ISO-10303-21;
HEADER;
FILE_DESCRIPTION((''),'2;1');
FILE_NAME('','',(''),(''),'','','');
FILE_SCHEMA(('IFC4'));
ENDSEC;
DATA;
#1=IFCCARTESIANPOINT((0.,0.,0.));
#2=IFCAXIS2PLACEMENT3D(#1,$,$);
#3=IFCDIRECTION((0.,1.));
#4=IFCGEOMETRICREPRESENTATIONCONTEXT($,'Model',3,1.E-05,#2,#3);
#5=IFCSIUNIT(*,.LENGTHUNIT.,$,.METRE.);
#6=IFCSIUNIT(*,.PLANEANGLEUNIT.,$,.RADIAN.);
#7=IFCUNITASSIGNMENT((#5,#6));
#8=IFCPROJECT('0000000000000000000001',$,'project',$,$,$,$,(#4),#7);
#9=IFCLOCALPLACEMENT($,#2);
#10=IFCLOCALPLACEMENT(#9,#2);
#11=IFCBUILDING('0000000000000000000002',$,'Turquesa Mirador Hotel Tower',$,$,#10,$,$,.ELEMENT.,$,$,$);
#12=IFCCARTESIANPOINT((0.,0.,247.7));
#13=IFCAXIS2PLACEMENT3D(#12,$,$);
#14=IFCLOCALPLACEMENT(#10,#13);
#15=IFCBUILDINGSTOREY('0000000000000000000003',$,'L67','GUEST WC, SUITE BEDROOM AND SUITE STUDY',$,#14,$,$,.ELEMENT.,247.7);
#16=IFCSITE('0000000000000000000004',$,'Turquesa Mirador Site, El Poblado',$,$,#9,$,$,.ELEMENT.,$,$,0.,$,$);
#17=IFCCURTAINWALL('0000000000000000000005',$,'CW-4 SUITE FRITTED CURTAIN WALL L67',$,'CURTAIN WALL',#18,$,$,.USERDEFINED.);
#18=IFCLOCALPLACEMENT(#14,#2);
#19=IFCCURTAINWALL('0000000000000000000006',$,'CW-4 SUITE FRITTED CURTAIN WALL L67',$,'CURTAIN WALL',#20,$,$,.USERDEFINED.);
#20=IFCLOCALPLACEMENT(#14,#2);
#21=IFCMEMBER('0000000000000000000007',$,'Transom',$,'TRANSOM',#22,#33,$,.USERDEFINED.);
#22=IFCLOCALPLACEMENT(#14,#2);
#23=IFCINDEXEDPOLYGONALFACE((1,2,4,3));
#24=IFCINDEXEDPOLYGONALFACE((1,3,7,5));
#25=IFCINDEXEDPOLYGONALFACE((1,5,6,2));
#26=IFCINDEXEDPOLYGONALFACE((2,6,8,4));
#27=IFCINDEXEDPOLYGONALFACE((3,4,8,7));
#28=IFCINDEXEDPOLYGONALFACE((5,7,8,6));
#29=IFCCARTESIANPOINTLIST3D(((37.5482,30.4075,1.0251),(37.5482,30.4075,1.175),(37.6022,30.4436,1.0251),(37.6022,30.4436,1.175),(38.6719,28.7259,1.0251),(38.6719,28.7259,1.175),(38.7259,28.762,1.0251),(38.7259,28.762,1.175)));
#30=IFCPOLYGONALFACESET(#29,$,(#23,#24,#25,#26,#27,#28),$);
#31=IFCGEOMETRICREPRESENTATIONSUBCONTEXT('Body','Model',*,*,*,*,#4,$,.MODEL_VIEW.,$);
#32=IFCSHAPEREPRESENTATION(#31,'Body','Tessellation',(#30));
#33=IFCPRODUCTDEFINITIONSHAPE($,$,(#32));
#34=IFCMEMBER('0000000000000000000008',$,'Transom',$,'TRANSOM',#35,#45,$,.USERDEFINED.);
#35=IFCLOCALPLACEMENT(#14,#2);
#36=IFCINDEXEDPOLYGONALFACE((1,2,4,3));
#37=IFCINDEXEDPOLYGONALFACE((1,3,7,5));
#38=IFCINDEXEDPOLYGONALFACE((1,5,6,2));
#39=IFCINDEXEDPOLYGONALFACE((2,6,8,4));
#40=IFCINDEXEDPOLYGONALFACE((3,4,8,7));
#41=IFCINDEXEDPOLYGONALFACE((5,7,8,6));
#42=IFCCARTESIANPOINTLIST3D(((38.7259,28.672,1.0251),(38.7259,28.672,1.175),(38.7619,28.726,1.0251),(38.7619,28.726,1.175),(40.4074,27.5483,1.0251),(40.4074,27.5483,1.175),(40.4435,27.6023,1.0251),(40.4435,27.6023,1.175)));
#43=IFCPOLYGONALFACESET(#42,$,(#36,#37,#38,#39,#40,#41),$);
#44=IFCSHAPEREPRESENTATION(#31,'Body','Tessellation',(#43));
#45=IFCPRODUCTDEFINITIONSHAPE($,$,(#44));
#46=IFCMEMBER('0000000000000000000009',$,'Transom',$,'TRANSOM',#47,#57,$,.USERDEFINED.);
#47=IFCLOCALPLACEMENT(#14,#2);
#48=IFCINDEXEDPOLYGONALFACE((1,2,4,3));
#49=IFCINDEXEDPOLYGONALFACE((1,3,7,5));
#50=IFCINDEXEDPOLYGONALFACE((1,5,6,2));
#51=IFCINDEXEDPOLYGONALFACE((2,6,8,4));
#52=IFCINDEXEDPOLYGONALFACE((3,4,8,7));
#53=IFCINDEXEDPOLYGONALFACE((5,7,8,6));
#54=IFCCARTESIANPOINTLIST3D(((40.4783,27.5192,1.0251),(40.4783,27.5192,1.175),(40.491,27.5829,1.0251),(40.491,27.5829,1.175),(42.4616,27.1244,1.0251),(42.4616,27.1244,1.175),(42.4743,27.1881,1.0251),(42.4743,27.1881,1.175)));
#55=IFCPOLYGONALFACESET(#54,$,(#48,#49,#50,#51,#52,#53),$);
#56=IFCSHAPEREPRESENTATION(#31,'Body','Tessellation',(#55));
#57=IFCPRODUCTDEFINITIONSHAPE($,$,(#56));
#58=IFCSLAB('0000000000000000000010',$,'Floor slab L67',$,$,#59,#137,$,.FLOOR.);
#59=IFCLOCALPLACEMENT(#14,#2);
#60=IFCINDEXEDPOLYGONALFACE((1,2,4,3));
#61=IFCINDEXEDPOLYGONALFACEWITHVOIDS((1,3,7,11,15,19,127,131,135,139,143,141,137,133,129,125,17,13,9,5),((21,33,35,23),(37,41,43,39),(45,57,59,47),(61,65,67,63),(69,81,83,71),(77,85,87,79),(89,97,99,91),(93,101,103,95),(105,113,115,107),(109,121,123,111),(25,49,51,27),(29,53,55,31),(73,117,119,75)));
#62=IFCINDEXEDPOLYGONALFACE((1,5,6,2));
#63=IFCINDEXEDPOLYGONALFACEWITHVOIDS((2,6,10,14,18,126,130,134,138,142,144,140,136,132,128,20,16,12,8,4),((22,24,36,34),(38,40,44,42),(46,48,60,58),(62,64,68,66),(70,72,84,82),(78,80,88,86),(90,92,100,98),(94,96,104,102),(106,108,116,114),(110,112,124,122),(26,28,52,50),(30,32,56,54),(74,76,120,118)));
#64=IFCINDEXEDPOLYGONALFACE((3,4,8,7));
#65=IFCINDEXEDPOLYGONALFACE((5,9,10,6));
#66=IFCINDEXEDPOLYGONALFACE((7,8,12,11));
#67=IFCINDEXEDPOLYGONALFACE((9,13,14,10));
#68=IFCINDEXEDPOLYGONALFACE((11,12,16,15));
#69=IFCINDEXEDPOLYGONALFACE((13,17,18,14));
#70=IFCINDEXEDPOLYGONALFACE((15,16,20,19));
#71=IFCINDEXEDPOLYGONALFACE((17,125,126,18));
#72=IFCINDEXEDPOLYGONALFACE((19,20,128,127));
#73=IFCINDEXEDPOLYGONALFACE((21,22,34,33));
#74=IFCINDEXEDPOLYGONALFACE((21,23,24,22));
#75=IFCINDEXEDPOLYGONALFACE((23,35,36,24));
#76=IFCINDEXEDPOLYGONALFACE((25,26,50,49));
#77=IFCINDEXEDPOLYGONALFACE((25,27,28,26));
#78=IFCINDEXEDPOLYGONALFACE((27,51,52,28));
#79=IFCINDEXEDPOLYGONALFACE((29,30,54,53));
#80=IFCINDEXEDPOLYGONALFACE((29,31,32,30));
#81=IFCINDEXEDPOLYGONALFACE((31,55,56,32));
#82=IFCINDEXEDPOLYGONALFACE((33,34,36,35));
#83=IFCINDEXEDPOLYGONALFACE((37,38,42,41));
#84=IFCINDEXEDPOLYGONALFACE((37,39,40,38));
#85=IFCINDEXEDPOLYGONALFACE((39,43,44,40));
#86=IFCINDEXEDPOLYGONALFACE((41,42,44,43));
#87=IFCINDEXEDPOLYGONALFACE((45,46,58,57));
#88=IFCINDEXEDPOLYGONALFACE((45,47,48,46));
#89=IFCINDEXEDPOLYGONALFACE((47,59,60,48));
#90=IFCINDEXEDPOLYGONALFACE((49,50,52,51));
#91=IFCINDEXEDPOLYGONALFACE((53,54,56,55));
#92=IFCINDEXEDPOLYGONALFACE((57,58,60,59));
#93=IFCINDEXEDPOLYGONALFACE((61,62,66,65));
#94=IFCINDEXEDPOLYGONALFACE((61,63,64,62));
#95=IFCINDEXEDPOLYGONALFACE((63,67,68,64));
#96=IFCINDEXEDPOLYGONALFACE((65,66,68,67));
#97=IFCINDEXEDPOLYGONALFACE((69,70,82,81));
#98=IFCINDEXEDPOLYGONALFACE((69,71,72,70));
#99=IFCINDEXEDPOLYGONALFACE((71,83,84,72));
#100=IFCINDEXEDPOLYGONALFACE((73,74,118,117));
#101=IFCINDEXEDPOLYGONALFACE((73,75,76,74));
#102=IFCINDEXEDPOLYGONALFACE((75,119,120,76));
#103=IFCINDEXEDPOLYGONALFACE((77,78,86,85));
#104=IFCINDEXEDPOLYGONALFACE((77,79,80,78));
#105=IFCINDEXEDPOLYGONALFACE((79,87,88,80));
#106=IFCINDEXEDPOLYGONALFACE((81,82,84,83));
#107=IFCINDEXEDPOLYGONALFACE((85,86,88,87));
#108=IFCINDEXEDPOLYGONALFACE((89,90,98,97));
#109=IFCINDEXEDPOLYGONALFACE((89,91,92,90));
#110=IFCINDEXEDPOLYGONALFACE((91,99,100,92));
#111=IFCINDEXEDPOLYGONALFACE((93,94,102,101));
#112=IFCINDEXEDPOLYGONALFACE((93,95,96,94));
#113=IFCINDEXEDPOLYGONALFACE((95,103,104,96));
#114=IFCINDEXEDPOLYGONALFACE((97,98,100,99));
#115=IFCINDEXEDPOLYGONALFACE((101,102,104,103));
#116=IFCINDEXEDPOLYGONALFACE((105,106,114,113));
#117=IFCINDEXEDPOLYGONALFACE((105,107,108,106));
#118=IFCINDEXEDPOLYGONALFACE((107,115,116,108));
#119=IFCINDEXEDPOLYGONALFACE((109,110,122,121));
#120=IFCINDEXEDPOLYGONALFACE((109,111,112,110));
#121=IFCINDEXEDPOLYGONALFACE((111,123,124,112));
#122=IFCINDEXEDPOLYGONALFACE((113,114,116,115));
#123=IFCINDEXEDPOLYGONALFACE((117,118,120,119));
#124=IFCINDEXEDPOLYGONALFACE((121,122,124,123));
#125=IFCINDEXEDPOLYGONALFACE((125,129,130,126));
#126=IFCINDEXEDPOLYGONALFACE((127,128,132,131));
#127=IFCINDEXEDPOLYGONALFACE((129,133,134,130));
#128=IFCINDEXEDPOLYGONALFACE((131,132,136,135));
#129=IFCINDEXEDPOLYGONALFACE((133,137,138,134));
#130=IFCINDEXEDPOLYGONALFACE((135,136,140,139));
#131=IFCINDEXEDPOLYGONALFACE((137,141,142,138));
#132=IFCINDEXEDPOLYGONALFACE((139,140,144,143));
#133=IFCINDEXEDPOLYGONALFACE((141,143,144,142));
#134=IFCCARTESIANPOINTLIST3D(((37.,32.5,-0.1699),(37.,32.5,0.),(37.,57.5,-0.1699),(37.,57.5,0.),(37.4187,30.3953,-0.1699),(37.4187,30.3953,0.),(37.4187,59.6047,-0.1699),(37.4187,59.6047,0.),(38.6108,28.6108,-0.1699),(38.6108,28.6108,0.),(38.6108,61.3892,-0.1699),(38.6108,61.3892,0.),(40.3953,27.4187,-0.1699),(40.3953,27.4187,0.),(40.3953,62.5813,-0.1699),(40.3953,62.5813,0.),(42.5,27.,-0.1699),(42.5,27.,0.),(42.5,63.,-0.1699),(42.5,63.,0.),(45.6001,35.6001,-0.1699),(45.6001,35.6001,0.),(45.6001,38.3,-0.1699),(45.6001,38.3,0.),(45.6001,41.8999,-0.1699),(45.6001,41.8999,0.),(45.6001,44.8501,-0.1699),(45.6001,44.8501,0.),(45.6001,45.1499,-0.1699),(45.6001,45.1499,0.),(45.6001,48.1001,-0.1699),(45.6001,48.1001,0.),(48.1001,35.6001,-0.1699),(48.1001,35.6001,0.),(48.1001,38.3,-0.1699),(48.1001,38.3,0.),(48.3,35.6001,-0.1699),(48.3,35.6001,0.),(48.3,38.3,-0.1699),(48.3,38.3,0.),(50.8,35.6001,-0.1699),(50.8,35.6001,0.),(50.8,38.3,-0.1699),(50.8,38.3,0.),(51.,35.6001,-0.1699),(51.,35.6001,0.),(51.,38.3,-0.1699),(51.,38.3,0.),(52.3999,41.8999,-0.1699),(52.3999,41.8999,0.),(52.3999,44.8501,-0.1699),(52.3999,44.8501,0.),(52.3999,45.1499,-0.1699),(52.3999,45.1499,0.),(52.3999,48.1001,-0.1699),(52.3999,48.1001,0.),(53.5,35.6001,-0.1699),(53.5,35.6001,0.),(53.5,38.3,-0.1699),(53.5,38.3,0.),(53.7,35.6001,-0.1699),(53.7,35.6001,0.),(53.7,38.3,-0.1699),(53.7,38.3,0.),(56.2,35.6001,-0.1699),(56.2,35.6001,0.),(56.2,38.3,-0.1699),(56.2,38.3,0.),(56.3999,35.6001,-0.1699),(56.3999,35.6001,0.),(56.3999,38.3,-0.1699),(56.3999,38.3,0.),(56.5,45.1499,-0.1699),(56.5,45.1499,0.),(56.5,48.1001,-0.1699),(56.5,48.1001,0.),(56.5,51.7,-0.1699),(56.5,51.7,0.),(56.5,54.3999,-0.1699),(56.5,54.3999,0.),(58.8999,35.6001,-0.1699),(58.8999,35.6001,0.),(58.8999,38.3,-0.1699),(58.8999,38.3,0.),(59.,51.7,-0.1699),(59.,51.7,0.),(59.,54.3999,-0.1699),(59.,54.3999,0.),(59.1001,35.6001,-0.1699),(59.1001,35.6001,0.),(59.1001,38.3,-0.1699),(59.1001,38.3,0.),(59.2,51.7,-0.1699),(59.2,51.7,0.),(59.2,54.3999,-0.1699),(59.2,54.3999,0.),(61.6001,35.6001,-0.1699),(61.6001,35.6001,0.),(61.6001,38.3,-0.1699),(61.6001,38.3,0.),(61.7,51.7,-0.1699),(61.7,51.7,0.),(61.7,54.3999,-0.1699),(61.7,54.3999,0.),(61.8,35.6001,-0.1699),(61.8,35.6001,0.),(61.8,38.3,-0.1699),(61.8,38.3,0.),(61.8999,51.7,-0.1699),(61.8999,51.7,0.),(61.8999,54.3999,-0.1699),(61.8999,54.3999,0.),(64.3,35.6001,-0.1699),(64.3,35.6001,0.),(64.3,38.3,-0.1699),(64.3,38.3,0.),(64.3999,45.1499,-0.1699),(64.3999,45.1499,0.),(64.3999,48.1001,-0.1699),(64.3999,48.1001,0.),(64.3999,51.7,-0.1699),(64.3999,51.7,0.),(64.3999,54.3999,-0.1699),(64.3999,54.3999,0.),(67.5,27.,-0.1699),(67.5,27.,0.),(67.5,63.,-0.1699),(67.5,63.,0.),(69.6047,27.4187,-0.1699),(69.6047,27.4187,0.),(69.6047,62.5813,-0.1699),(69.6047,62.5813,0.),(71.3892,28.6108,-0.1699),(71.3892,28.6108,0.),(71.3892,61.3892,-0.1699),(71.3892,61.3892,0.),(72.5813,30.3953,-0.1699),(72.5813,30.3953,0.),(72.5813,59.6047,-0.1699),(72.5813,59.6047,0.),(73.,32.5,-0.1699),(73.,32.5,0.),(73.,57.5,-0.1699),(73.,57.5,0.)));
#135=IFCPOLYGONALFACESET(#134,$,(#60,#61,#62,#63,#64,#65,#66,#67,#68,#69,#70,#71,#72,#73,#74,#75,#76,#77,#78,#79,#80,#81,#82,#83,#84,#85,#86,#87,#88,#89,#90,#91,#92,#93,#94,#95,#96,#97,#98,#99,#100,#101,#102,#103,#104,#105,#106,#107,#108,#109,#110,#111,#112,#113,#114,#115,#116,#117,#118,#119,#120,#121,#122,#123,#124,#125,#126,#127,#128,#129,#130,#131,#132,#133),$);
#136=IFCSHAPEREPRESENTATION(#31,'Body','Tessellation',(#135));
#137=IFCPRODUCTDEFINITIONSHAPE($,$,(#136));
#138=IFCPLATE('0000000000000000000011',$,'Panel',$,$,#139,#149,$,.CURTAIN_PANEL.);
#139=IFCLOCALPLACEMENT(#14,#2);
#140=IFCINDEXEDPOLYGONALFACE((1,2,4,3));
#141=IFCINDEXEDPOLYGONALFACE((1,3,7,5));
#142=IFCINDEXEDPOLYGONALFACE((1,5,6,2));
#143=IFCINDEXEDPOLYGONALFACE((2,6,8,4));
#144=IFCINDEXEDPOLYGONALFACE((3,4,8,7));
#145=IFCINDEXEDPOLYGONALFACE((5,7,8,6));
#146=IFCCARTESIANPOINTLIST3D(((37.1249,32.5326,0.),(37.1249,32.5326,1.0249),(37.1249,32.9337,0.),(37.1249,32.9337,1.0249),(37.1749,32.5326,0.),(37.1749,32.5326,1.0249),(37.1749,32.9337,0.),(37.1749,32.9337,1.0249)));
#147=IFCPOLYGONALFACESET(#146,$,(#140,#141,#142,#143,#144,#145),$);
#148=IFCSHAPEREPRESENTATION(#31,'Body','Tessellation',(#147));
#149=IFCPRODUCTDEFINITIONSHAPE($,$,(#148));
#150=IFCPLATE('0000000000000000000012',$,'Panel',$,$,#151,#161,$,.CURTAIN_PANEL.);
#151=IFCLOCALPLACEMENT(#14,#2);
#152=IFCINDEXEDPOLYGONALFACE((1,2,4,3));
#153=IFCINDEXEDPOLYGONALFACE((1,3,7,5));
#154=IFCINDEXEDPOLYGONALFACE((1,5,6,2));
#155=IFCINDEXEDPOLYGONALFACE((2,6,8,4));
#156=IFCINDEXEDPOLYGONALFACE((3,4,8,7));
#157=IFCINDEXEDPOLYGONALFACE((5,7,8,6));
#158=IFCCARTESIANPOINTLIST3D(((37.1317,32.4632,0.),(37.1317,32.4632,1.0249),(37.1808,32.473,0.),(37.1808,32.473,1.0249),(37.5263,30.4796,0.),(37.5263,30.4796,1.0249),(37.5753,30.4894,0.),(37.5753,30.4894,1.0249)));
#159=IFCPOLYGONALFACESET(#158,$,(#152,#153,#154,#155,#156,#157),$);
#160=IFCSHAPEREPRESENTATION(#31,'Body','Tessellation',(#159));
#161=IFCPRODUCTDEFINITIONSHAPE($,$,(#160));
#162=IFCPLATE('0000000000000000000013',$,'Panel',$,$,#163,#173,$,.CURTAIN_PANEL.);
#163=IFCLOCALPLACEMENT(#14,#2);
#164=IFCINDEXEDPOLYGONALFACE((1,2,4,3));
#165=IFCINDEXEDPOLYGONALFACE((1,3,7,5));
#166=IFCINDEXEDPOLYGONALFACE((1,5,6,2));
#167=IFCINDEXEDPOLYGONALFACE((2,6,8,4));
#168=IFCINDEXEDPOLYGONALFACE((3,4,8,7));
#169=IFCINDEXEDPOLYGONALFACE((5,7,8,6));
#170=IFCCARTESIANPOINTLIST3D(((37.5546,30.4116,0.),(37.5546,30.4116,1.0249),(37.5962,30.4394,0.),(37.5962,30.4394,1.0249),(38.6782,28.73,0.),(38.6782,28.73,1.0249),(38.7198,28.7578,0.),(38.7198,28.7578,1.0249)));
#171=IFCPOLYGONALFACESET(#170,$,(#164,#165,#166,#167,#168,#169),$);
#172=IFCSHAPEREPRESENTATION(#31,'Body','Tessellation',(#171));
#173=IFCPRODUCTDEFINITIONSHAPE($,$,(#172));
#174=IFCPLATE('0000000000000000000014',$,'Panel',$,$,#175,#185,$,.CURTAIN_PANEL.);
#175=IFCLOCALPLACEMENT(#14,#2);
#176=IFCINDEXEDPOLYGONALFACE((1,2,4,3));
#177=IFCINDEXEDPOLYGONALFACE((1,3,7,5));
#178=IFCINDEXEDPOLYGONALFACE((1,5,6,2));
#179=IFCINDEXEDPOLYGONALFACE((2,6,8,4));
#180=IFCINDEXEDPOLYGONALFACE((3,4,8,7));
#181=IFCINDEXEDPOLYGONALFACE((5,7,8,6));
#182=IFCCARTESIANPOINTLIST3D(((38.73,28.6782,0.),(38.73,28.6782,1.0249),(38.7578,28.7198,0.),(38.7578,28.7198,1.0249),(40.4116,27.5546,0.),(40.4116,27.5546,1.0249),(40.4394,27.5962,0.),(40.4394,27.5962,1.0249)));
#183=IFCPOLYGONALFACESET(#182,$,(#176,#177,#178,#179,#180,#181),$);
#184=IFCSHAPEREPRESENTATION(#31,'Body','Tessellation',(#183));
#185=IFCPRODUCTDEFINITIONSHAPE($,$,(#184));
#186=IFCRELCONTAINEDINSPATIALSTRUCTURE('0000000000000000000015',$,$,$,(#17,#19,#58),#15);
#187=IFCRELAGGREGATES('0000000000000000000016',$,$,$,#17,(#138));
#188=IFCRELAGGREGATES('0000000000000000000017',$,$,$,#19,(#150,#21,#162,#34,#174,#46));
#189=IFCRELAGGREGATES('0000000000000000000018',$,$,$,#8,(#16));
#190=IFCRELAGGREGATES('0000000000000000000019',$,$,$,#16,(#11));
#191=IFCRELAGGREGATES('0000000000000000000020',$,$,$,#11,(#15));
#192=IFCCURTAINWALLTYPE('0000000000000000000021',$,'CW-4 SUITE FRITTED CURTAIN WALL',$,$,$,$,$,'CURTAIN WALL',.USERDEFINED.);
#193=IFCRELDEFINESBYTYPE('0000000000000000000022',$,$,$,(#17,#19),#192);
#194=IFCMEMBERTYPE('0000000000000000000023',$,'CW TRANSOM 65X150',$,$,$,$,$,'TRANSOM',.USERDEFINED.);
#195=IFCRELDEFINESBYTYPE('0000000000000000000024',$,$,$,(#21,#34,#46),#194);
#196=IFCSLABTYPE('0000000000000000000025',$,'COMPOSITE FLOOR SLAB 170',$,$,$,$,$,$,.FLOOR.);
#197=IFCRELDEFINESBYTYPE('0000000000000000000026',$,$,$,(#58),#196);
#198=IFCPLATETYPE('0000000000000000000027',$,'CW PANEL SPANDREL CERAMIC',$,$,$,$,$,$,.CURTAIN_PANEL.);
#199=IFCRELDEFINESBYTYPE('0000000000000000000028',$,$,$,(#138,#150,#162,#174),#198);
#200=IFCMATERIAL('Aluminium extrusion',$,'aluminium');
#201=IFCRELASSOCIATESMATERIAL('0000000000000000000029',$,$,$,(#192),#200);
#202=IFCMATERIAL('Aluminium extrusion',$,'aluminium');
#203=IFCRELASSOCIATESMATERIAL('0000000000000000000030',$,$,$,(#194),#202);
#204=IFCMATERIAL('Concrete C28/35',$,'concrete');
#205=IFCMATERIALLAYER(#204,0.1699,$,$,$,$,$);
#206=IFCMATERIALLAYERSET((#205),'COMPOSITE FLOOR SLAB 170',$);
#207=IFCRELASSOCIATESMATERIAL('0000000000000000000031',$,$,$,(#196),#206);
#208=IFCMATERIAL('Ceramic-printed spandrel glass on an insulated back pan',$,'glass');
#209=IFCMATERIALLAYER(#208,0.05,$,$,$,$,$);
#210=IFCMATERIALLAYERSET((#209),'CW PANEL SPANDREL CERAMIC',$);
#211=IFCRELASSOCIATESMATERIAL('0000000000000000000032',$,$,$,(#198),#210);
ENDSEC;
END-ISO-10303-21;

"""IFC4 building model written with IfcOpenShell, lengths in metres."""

from ifc_helpers import new_model, si_unit, direction, frame, origin, origin_2d, place, context, subcontext, project, spatial, polyline, rectangle, outline, extrude, material, layer, layer_set, material_profile, profile_set, type_object, element, aggregate, save


model = new_model("IFC4")

# Units and contexts
model_context = context("Model", 3, precision=1e-05, world=origin(), true_north=direction((0.0, 1.0)))
body_context = subcontext(model_context, "Body", "Model", "MODEL_VIEW")
ifc_project = project(units=[si_unit("LENGTHUNIT", "METRE"), si_unit("PLANEANGLEUNIT", "RADIAN")], contexts=[model_context])

# Site, building, storey
site_placement = place(None, origin())
site = spatial("IfcSite", under=ifc_project, at=site_placement, Name="Turquesa Mirador Site, El Poblado", CompositionType="ELEMENT", RefElevation=0.0)
building_placement = place(site_placement, origin())
building = spatial("IfcBuilding", under=site, at=building_placement, Name="Turquesa Mirador Hotel Tower", CompositionType="ELEMENT")
storey_placement = place(building_placement, frame((0.0, 0.0, 247.7)))
storey = spatial("IfcBuildingStorey", under=building, at=storey_placement, Name="L67", Description="GUEST WC, SUITE BEDROOM AND SUITE STUDY", CompositionType="ELEMENT", Elevation=247.7)

# Curtain walls
ifc_material_1 = material(Name="Aluminium extrusion", Category="aluminium")
curtain_wall_type = type_object("IfcCurtainWallType", Name="CW-4 SUITE FRITTED CURTAIN WALL", ElementType="CURTAIN WALL", PredefinedType="USERDEFINED", material=ifc_material_1)
curtain_wall_1_placement = place(storey_placement, origin())
curtain_wall_1 = element("IfcCurtainWall", 1, at=curtain_wall_1_placement, inside=storey, type_object=curtain_wall_type, Name="CW-4 SUITE FRITTED CURTAIN WALL L67", ObjectType="CURTAIN WALL", PredefinedType="USERDEFINED")
curtain_wall_2_placement = place(storey_placement, origin())
curtain_wall_2 = element("IfcCurtainWall", 2, at=curtain_wall_2_placement, inside=storey, type_object=curtain_wall_type, Name="CW-4 SUITE FRITTED CURTAIN WALL L67", ObjectType="CURTAIN WALL", PredefinedType="USERDEFINED")

# Members
ifc_material_2 = material(Name="Aluminium extrusion", Category="aluminium")
ifc_material_profile_1 = material_profile(ifc_material_2, rectangle(XDim=0.0649, YDim=0.1499, at=origin_2d()), Name="TRANSOM 65X150")
ifc_profile_set_1 = profile_set([ifc_material_profile_1], Name="Aluminium extrusion")
member_type_1 = type_object("IfcMemberType", Name="CW TRANSOM 65X150", ElementType="TRANSOM", PredefinedType="USERDEFINED", material=ifc_profile_set_1)
member_1_placement = place(storey_placement, frame((37.5752, 30.4255, 1.1001), z_axis=(0.555619, -0.831437, 0.0), x_axis=(0.831437, 0.555619, 0.0)))
member_1 = element("IfcMember", 3, at=member_1_placement, type_object=member_type_1, Name="Transom", ObjectType="TRANSOM", PredefinedType="USERDEFINED", context=body_context, shape_type="SweptSolid", body=[
    extrude(rectangle(XDim=0.0649, YDim=0.1499, at=origin_2d()), origin(), (0.0, 0.0, 1.0), 2.0225),
])
member_2_placement = place(storey_placement, frame((38.7439, 28.699, 1.1001), z_axis=(0.831437, -0.555619, 0.0), x_axis=(0.555619, 0.831437, 0.0)))
member_2 = element("IfcMember", 4, at=member_2_placement, type_object=member_type_1, Name="Transom", ObjectType="TRANSOM", PredefinedType="USERDEFINED", context=body_context, shape_type="SweptSolid", body=[
    extrude(rectangle(XDim=0.0649, YDim=0.1499, at=origin_2d()), origin(), (0.0, 0.0, 1.0), 2.0225),
])
member_3_placement = place(storey_placement, frame((40.4846, 27.551, 1.1001), z_axis=(0.980761, -0.195211, 0.0), x_axis=(0.195211, 0.980761, 0.0)))
member_3 = element("IfcMember", 5, at=member_3_placement, type_object=member_type_1, Name="Transom", ObjectType="TRANSOM", PredefinedType="USERDEFINED", context=body_context, shape_type="SweptSolid", body=[
    extrude(rectangle(XDim=0.0649, YDim=0.1499, at=origin_2d()), origin(), (0.0, 0.0, 1.0), 2.0222),
])

# Slab
ifc_material_3 = material(Name="Concrete C28/35", Category="concrete")
ifc_layer_1 = layer(ifc_material_3, 0.1699)
ifc_layer_set_1 = layer_set([ifc_layer_1], Name="COMPOSITE FLOOR SLAB 170")
slab_type_1 = type_object("IfcSlabType", Name="COMPOSITE FLOOR SLAB 170", PredefinedType="FLOOR", material=ifc_layer_set_1)
slab_1_placement = place(storey_placement, frame((0.0, 0.0, -0.1699)))
element("IfcSlab", 6, at=slab_1_placement, inside=storey, type_object=slab_type_1, Name="Floor slab L67", PredefinedType="FLOOR", context=body_context, shape_type="SweptSolid", body=[
    extrude(outline(polyline([(67.5, 27.0), (69.6047, 27.4187), (71.3892, 28.6108), (72.5813, 30.3953), (73.0, 32.5), (73.0, 57.5), (72.5813, 59.6047), (71.3892, 61.3892), (69.6047, 62.5813), (67.5, 63.0), (42.5, 63.0), (40.3953, 62.5813), (38.6108, 61.3892), (37.4187, 59.6047), (37.0, 57.5), (37.0, 32.5), (37.4187, 30.3953), (38.6108, 28.6108), (40.3953, 27.4187), (42.5, 27.0), (67.5, 27.0)]), holes=[polyline([(56.5, 51.7), (59.0, 51.7), (59.0, 54.3999), (56.5, 54.3999), (56.5, 51.7)]), polyline([(59.2, 51.7), (61.7, 51.7), (61.7, 54.3999), (59.2, 54.3999), (59.2, 51.7)]), polyline([(45.6001, 35.6001), (48.1001, 35.6001), (48.1001, 38.3), (45.6001, 38.3), (45.6001, 35.6001)]), polyline([(48.3, 35.6001), (50.8, 35.6001), (50.8, 38.3), (48.3, 38.3), (48.3, 35.6001)]), polyline([(51.0, 35.6001), (53.5, 35.6001), (53.5, 38.3), (51.0, 38.3), (51.0, 35.6001)]), polyline([(53.7, 35.6001), (56.2, 35.6001), (56.2, 38.3), (53.7, 38.3), (53.7, 35.6001)]), polyline([(56.3999, 35.6001), (58.8999, 35.6001), (58.8999, 38.3), (56.3999, 38.3), (56.3999, 35.6001)]), polyline([(59.1001, 35.6001), (61.6001, 35.6001), (61.6001, 38.3), (59.1001, 38.3), (59.1001, 35.6001)]), polyline([(61.8, 35.6001), (64.3, 35.6001), (64.3, 38.3), (61.8, 38.3), (61.8, 35.6001)]), polyline([(45.6001, 45.1499), (52.3999, 45.1499), (52.3999, 48.1001), (45.6001, 48.1001), (45.6001, 45.1499)]), polyline([(45.6001, 41.8999), (52.3999, 41.8999), (52.3999, 44.8501), (45.6001, 44.8501), (45.6001, 41.8999)]), polyline([(56.5, 45.1499), (64.3999, 45.1499), (64.3999, 48.1001), (56.5, 48.1001), (56.5, 45.1499)]), polyline([(61.8999, 51.7), (64.3999, 51.7), (64.3999, 54.3999), (61.8999, 54.3999), (61.8999, 51.7)])]), origin(), (0.0, 0.0, 1.0), 0.1699),
])

# Plates
ifc_material_4 = material(Name="Ceramic-printed spandrel glass on an insulated back pan", Category="glass")
ifc_layer_2 = layer(ifc_material_4, 0.05)
ifc_layer_set_2 = layer_set([ifc_layer_2], Name="CW PANEL SPANDREL CERAMIC")
plate_type_1 = type_object("IfcPlateType", Name="CW PANEL SPANDREL CERAMIC", PredefinedType="CURTAIN_PANEL", material=ifc_layer_set_2)
plate_1_placement = place(storey_placement, frame((37.1499, 32.7332, 0.0), z_axis=(0.0, 0.0, 1.0), x_axis=(0.0, -1.0, 0.0)))
plate_1 = element("IfcPlate", 7, at=plate_1_placement, type_object=plate_type_1, Name="Panel", PredefinedType="CURTAIN_PANEL", context=body_context, shape_type="SweptSolid", body=[
    extrude(rectangle(XDim=0.4011, YDim=0.05, at=origin_2d()), origin(), (0.0, 0.0, 1.0), 1.0249),
])
plate_2_placement = place(storey_placement, frame((37.3535, 31.4763, 0.0), z_axis=(0.0, 0.0, 1.0), x_axis=(0.195091, -0.980785, 0.0)))
plate_2 = element("IfcPlate", 8, at=plate_2_placement, type_object=plate_type_1, Name="Panel", PredefinedType="CURTAIN_PANEL", context=body_context, shape_type="SweptSolid", body=[
    extrude(rectangle(XDim=2.0225, YDim=0.05, at=origin_2d()), origin(), (0.0, 0.0, 1.0), 1.0249),
])
plate_3_placement = place(storey_placement, frame((38.1372, 29.5847, 0.0), z_axis=(0.0, 0.0, 1.0), x_axis=(0.55557, -0.83147, 0.0)))
plate_3 = element("IfcPlate", 9, at=plate_3_placement, type_object=plate_type_1, Name="Panel", PredefinedType="CURTAIN_PANEL", context=body_context, shape_type="SweptSolid", body=[
    extrude(rectangle(XDim=2.0225, YDim=0.05, at=origin_2d()), origin(), (0.0, 0.0, 1.0), 1.0249),
])
plate_4_placement = place(storey_placement, frame((39.5847, 28.1372, 0.0), z_axis=(0.0, 0.0, 1.0), x_axis=(0.83147, -0.55557, 0.0)))
plate_4 = element("IfcPlate", 10, at=plate_4_placement, type_object=plate_type_1, Name="Panel", PredefinedType="CURTAIN_PANEL", context=body_context, shape_type="SweptSolid", body=[
    extrude(rectangle(XDim=2.0225, YDim=0.05, at=origin_2d()), origin(), (0.0, 0.0, 1.0), 1.0249),
])
aggregate(curtain_wall_1, [plate_1])
aggregate(curtain_wall_2, [plate_2, member_1, plate_3, member_2, plate_4, member_3])

save(model, "model.ifc")
